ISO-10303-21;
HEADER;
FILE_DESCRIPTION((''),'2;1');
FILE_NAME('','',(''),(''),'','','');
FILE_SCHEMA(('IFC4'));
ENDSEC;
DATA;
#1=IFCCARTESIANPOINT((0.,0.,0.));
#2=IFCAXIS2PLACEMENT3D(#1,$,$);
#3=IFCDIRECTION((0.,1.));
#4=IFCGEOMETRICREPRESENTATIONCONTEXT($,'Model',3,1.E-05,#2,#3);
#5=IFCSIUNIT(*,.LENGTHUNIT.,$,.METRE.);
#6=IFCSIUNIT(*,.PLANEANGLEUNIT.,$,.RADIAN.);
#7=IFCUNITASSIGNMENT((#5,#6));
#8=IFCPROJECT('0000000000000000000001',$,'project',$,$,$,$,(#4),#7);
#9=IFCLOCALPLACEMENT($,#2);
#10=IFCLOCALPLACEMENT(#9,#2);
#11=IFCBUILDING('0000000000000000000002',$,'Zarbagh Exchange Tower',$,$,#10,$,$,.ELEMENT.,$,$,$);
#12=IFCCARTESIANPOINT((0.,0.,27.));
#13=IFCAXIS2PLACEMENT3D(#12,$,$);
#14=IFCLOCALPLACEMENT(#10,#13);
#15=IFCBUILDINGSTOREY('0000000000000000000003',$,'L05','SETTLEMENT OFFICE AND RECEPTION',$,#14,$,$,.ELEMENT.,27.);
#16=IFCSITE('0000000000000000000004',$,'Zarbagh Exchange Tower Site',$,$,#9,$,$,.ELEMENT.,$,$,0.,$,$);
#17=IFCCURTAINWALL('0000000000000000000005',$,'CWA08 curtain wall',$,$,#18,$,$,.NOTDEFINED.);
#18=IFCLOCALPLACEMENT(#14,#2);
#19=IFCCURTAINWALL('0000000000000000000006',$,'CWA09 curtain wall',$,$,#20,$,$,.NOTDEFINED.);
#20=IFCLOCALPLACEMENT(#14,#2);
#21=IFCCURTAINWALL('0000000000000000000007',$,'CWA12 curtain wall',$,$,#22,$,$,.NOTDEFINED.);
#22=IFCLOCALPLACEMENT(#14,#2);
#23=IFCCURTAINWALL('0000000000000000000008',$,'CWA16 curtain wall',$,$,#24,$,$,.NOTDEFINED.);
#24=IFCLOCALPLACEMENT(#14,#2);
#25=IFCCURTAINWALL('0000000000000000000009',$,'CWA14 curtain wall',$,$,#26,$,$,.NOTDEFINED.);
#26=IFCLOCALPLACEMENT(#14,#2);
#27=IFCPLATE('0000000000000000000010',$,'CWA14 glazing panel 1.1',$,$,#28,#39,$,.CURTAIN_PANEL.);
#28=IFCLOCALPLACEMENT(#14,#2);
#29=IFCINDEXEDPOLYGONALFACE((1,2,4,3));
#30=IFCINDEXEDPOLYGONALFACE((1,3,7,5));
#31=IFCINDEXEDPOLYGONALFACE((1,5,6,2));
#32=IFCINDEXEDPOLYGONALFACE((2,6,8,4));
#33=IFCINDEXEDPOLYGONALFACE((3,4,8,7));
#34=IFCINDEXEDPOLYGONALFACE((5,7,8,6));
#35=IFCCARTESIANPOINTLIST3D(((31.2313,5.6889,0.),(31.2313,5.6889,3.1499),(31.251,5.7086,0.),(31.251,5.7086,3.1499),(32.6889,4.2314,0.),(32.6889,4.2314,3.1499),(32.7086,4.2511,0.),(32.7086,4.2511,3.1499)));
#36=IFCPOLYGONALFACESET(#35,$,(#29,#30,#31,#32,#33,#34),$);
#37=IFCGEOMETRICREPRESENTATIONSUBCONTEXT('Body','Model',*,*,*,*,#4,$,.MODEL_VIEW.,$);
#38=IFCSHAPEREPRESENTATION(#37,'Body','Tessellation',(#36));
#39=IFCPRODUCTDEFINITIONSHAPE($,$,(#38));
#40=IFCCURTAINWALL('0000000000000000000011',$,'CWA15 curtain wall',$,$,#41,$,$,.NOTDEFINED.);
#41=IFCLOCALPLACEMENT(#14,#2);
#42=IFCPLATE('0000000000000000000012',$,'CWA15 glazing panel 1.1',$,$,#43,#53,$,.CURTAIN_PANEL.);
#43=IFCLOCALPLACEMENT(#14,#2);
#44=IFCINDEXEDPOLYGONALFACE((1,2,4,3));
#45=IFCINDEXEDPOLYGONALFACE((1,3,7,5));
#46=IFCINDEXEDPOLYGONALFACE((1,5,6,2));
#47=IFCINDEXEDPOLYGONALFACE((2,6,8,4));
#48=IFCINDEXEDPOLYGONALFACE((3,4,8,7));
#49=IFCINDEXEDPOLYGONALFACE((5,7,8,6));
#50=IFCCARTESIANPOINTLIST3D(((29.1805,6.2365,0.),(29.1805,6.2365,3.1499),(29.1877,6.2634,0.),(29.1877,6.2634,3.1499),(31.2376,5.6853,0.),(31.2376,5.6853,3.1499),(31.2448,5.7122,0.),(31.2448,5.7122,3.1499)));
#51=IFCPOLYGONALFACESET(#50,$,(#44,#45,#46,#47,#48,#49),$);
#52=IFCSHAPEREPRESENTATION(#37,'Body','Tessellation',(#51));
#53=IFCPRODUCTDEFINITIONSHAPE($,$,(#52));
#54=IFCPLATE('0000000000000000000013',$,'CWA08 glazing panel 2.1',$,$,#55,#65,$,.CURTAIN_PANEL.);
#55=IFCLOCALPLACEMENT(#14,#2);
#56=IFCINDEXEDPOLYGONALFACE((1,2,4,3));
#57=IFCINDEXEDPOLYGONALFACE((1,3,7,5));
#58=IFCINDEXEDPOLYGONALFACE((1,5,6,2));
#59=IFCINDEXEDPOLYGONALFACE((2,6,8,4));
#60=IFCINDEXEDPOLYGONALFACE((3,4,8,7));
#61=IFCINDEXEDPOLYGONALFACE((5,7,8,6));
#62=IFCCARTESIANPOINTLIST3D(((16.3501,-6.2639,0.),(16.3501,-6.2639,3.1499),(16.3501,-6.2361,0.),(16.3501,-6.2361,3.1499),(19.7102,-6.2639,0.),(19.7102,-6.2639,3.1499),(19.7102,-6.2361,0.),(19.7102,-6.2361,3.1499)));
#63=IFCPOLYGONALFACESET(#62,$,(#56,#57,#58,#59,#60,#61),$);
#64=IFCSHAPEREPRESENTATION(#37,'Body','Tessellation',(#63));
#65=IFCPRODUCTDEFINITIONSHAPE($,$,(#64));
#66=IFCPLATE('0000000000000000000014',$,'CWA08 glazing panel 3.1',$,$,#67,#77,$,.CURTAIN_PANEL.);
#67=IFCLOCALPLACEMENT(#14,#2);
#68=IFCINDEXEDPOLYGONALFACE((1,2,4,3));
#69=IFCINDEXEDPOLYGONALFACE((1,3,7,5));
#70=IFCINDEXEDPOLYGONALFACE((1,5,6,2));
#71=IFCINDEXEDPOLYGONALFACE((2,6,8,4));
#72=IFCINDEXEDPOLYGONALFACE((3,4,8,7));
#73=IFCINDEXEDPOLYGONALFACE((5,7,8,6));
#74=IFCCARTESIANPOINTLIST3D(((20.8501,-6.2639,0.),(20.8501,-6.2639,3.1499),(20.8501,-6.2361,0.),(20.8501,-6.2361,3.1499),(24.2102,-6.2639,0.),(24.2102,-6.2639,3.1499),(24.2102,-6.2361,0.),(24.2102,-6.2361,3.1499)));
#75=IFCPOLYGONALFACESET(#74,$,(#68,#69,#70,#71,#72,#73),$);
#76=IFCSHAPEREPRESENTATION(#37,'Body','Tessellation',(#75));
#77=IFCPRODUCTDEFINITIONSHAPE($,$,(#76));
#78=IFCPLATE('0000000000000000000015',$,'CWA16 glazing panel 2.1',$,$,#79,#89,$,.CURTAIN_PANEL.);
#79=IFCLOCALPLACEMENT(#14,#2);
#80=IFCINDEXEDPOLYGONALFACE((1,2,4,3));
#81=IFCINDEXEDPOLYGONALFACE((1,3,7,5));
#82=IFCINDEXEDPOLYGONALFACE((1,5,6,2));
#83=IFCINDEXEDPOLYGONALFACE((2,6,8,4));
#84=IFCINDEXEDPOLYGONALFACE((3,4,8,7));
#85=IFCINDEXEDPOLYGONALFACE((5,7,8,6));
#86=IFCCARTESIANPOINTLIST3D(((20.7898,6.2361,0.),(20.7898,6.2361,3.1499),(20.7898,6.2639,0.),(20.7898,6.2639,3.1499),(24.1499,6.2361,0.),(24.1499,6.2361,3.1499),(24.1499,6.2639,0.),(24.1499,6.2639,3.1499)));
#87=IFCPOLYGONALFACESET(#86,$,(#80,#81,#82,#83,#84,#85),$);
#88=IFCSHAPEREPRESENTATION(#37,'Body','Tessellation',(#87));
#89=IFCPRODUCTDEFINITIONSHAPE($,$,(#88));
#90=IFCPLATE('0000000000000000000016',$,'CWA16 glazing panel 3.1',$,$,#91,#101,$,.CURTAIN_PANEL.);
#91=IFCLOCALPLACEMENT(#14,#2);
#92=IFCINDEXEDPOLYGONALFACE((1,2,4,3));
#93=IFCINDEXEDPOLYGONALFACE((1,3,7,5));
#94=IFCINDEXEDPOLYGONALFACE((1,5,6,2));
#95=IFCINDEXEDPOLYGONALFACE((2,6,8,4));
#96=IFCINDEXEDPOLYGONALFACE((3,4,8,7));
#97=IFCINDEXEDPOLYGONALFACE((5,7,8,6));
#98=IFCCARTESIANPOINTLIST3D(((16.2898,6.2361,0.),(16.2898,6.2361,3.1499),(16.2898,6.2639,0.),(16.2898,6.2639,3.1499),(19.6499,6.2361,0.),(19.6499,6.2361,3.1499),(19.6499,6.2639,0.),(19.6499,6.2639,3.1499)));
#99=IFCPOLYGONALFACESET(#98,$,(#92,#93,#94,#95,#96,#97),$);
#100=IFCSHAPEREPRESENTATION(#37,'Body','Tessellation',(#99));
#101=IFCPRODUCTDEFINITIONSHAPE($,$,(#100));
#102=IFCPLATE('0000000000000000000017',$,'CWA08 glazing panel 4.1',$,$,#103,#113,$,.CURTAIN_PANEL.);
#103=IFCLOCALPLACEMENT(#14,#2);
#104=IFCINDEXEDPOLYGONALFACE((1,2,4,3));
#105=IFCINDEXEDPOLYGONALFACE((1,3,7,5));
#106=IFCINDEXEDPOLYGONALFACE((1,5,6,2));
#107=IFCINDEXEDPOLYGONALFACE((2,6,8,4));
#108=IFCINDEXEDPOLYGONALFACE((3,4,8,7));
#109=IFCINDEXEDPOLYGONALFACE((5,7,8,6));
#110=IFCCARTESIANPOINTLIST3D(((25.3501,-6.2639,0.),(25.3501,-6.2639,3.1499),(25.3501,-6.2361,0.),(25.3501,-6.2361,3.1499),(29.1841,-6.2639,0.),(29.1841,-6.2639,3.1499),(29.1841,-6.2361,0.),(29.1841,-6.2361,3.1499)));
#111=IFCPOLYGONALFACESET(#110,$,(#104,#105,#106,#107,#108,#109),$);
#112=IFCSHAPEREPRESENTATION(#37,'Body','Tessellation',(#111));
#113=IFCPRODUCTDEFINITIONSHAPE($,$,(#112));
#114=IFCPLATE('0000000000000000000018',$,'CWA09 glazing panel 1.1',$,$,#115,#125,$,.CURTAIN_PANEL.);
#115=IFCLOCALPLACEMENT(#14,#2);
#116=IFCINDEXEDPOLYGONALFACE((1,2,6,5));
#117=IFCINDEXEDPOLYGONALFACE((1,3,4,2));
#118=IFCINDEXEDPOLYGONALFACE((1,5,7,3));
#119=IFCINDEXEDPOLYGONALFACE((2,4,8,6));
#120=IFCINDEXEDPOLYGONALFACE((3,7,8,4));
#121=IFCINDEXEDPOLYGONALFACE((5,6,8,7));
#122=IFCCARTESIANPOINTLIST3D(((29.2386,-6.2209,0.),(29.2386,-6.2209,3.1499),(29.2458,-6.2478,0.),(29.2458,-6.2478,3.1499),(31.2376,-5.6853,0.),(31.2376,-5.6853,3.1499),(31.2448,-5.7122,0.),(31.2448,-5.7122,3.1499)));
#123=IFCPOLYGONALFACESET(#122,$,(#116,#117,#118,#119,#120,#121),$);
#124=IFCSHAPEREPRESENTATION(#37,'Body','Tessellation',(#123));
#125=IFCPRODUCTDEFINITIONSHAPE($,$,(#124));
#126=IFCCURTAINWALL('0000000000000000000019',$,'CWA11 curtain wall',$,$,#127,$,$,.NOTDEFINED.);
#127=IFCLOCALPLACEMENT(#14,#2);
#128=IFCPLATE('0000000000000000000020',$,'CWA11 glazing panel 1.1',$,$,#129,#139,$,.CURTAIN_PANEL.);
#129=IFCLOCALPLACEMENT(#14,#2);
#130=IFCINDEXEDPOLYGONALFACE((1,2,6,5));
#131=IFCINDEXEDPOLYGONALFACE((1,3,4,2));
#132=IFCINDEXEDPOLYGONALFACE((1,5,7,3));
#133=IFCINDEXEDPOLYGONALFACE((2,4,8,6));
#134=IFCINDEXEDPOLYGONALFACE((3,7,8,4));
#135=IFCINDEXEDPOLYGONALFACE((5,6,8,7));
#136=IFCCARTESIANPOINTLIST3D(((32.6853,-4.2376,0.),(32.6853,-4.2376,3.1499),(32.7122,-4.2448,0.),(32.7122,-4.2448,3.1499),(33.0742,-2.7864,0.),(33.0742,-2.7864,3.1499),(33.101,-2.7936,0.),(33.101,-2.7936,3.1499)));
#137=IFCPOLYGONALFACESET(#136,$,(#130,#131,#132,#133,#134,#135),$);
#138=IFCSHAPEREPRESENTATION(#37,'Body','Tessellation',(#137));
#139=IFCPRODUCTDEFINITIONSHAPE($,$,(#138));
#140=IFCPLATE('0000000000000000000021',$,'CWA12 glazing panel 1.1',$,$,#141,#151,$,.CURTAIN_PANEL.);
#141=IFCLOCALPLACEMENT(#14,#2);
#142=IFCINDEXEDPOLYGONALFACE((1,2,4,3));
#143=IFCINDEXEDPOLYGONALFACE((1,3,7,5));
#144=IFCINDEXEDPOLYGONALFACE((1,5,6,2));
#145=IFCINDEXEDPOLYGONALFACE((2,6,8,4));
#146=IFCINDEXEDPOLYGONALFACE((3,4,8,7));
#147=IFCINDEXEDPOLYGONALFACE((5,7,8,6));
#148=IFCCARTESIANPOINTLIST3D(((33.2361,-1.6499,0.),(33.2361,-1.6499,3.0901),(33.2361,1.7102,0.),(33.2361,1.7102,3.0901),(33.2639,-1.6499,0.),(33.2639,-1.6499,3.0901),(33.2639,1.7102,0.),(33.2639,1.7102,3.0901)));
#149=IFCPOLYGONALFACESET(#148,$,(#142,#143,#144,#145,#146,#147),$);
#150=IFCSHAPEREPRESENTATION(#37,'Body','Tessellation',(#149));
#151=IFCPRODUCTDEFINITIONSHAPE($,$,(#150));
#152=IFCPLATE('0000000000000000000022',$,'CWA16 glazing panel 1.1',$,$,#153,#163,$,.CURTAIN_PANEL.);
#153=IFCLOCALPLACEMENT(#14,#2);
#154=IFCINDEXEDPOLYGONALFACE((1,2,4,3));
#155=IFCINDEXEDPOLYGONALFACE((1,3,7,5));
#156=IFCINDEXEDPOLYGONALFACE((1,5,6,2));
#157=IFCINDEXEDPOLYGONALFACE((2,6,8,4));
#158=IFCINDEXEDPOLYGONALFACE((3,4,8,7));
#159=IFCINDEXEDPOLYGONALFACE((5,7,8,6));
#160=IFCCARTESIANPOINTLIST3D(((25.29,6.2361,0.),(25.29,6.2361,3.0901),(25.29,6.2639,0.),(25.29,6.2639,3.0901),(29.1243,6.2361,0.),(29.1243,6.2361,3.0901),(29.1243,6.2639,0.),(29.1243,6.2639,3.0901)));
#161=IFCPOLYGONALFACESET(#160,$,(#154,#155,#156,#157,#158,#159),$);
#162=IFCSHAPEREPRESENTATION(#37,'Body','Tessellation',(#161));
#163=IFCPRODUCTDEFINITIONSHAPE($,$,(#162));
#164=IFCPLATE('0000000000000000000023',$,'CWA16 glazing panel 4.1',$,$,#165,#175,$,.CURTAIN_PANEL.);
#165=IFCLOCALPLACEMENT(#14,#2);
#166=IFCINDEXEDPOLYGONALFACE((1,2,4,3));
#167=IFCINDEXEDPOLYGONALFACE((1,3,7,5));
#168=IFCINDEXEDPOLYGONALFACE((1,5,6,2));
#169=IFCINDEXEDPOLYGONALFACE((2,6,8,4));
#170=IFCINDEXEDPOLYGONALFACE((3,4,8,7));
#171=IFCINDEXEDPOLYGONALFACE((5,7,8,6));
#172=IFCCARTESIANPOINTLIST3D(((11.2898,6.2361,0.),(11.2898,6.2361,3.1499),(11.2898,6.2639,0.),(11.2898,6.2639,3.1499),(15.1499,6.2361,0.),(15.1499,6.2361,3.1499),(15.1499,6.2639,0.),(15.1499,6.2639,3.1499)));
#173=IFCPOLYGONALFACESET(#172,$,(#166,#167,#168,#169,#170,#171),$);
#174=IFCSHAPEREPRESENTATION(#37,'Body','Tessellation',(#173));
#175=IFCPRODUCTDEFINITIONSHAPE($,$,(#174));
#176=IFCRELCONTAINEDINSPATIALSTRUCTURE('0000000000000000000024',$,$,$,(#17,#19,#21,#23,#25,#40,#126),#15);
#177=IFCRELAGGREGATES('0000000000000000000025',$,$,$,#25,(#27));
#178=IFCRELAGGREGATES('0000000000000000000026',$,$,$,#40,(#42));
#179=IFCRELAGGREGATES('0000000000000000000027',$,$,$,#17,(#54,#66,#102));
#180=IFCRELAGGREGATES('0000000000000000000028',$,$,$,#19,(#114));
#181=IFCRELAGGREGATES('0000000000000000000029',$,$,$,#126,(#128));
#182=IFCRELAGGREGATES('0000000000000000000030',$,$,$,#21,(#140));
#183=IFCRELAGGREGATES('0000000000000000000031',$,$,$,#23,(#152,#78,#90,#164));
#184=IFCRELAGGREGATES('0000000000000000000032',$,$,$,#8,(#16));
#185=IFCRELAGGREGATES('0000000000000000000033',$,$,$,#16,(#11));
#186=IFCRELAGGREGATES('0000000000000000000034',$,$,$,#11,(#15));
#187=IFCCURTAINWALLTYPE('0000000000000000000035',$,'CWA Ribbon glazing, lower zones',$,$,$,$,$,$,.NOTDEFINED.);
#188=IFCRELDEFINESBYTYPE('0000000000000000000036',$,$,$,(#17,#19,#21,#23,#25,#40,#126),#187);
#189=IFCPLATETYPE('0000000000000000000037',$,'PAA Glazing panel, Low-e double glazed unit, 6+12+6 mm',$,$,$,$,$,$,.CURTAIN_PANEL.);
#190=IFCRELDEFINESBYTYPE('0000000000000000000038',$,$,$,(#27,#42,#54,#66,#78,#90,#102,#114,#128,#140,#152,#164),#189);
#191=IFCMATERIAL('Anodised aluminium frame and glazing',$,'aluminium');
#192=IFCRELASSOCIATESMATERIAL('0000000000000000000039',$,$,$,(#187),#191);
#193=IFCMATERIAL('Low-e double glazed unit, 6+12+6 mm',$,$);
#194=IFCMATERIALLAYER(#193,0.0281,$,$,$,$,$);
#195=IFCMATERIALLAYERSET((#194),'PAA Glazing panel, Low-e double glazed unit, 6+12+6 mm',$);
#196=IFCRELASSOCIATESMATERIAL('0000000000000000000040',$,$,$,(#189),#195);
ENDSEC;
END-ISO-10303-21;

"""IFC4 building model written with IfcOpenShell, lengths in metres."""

from ifc_helpers import new_model, si_unit, direction, frame, origin, place, context, subcontext, project, spatial, polyline, outline, extrude, source, transform, mapped, material, layer, layer_set, type_object, element, aggregate, save


model = new_model("IFC4")

# Units and contexts
model_context = context("Model", 3, precision=1e-05, world=origin(), true_north=direction((0.0, 1.0)))
body_context = subcontext(model_context, "Body", "Model", "MODEL_VIEW")
ifc_project = project(units=[si_unit("LENGTHUNIT", "METRE"), si_unit("PLANEANGLEUNIT", "RADIAN")], contexts=[model_context])

# Site, building, storey
site_placement = place(None, origin())
site = spatial("IfcSite", under=ifc_project, at=site_placement, Name="Zarbagh Exchange Tower Site", CompositionType="ELEMENT", RefElevation=0.0)
building_placement = place(site_placement, origin())
building = spatial("IfcBuilding", under=site, at=building_placement, Name="Zarbagh Exchange Tower", CompositionType="ELEMENT")
storey_placement = place(building_placement, frame((0.0, 0.0, 27.0)))
storey = spatial("IfcBuildingStorey", under=building, at=storey_placement, Name="L05", Description="SETTLEMENT OFFICE AND RECEPTION", CompositionType="ELEMENT", Elevation=27.0)

# Curtain wall
ifc_material_1 = material(Name="Anodised aluminium frame and glazing", Category="aluminium")
curtain_wall_type = type_object("IfcCurtainWallType", Name="CWA Ribbon glazing, lower zones", PredefinedType="NOTDEFINED", material=ifc_material_1)
curtain_wall_1_placement = place(storey_placement, origin())
curtain_wall_1 = element("IfcCurtainWall", 1, at=curtain_wall_1_placement, inside=storey, type_object=curtain_wall_type, Name="CWA08 curtain wall", PredefinedType="NOTDEFINED")
placement = place(storey_placement, origin())

# Curtain walls
curtain_wall_2_placement = place(storey_placement, origin())
curtain_wall_2 = element("IfcCurtainWall", 2, at=curtain_wall_2_placement, inside=storey, type_object=curtain_wall_type, Name="CWA09 curtain wall", PredefinedType="NOTDEFINED")
curtain_wall_3_placement = place(storey_placement, origin())
curtain_wall_3 = element("IfcCurtainWall", 3, at=curtain_wall_3_placement, inside=storey, type_object=curtain_wall_type, Name="CWA12 curtain wall", PredefinedType="NOTDEFINED")

# Curtain wall
curtain_wall_4_placement = place(storey_placement, origin())
curtain_wall_4 = element("IfcCurtainWall", 4, at=curtain_wall_4_placement, inside=storey, type_object=curtain_wall_type, Name="CWA16 curtain wall", PredefinedType="NOTDEFINED")

# Shared definitions
ifc_material_2 = material(Name="Low-e double glazed unit, 6+12+6 mm")
ifc_layer = layer(ifc_material_2, 0.0281)
ifc_layer_set = layer_set([ifc_layer], Name="PAA Glazing panel, Low-e double glazed unit, 6+12+6 mm")
plate_type = type_object("IfcPlateType", Name="PAA Glazing panel, Low-e double glazed unit, 6+12+6 mm", PredefinedType="CURTAIN_PANEL", material=ifc_layer_set)

# Curtain walls, plates
shared_shape_1 = source(origin(), body_context, "Body", "SweptSolid", [
    extrude(outline(polyline([(0.0, -0.0139), (2.0613, -0.0139), (2.0613, 0.0139), (0.0, 0.0139), (0.0, -0.0139)])), origin(), (0.0, 0.0, 1.0), 3.1499),
])
curtain_wall_5_placement = place(storey_placement, origin())
curtain_wall_5 = element("IfcCurtainWall", 5, at=curtain_wall_5_placement, inside=storey, type_object=curtain_wall_type, Name="CWA14 curtain wall", PredefinedType="NOTDEFINED")
plate_1 = element("IfcPlate", 6, at=placement, type_object=plate_type, Name="CWA14 glazing panel 1.1", PredefinedType="CURTAIN_PANEL", context=body_context, shape_type="MappedRepresentation", body=[
    mapped(shared_shape_1, transform((32.6987, 4.2412, 0.0), x_axis=(-0.707107, 0.707107, 0.0), y_axis=(-0.707107, -0.707107, 0.0), z_axis=(0.0, 0.0, 1.0))),
])
aggregate(curtain_wall_5, [plate_1])
curtain_wall_6_placement = place(storey_placement, origin())
curtain_wall_6 = element("IfcCurtainWall", 7, at=curtain_wall_6_placement, inside=storey, type_object=curtain_wall_type, Name="CWA15 curtain wall", PredefinedType="NOTDEFINED")
shared_shape_2 = source(origin(), body_context, "Body", "SweptSolid", [
    extrude(outline(polyline([(0.0, -0.0139), (2.1296, -0.0139), (2.1296, 0.0139), (0.0, 0.0139), (0.0, -0.0139)])), origin(), (0.0, 0.0, 1.0), 3.1499),
])
plate_2 = element("IfcPlate", 8, at=placement, type_object=plate_type, Name="CWA15 glazing panel 1.1", PredefinedType="CURTAIN_PANEL", context=body_context, shape_type="MappedRepresentation", body=[
    mapped(shared_shape_2, transform((31.2412, 5.6987, 0.0), x_axis=(-0.965924, 0.258825, 0.0), y_axis=(-0.258825, -0.965924, 0.0), z_axis=(0.0, 0.0, 1.0))),
])
aggregate(curtain_wall_6, [plate_2])

# Plates
shared_shape_3 = source(origin(), body_context, "Body", "SweptSolid", [
    extrude(outline(polyline([(0.0, -0.0139), (3.3601, -0.0139), (3.3601, 0.0139), (0.0, 0.0139), (0.0, -0.0139)])), origin(), (0.0, 0.0, 1.0), 3.1499),
])
plate_3 = element("IfcPlate", 9, at=placement, type_object=plate_type, Name="CWA08 glazing panel 2.1", PredefinedType="CURTAIN_PANEL", context=body_context, shape_type="MappedRepresentation", body=[
    mapped(shared_shape_3, transform((16.3501, -6.25, 0.0), x_axis=(1.0, 0.0, 0.0), y_axis=(0.0, 1.0, 0.0), z_axis=(0.0, 0.0, 1.0))),
])
plate_4 = element("IfcPlate", 10, at=placement, type_object=plate_type, Name="CWA08 glazing panel 3.1", PredefinedType="CURTAIN_PANEL", context=body_context, shape_type="MappedRepresentation", body=[
    mapped(shared_shape_3, transform((20.8501, -6.25, 0.0), x_axis=(1.0, 0.0, 0.0), y_axis=(0.0, 1.0, 0.0), z_axis=(0.0, 0.0, 1.0))),
])
plate_5 = element("IfcPlate", 11, at=placement, type_object=plate_type, Name="CWA16 glazing panel 2.1", PredefinedType="CURTAIN_PANEL", context=body_context, shape_type="MappedRepresentation", body=[
    mapped(shared_shape_3, transform((24.1499, 6.25, 0.0), x_axis=(-1.0, 0.0, 0.0), y_axis=(0.0, -1.0, 0.0), z_axis=(0.0, 0.0, 1.0))),
])
plate_6 = element("IfcPlate", 12, at=placement, type_object=plate_type, Name="CWA16 glazing panel 3.1", PredefinedType="CURTAIN_PANEL", context=body_context, shape_type="MappedRepresentation", body=[
    mapped(shared_shape_3, transform((19.6499, 6.25, 0.0), x_axis=(-1.0, 0.0, 0.0), y_axis=(0.0, -1.0, 0.0), z_axis=(0.0, 0.0, 1.0))),
])
shared_shape_4 = source(origin(), body_context, "Body", "SweptSolid", [
    extrude(outline(polyline([(0.0, -0.0139), (3.834, -0.0139), (3.834, 0.0139), (0.0, 0.0139), (0.0, -0.0139)])), origin(), (0.0, 0.0, 1.0), 3.1499),
])
plate_7 = element("IfcPlate", 13, at=placement, type_object=plate_type, Name="CWA08 glazing panel 4.1", PredefinedType="CURTAIN_PANEL", context=body_context, shape_type="MappedRepresentation", body=[
    mapped(shared_shape_4, transform((25.3501, -6.25, 0.0), x_axis=(1.0, 0.0, 0.0), y_axis=(0.0, 1.0, 0.0), z_axis=(0.0, 0.0, 1.0))),
])
aggregate(curtain_wall_1, [plate_3, plate_4, plate_7])
shared_shape_5 = source(origin(), body_context, "Body", "SweptSolid", [
    extrude(outline(polyline([(0.0, -0.0139), (2.0696, -0.0139), (2.0696, 0.0139), (0.0, 0.0139), (0.0, -0.0139)])), origin(), (0.0, 0.0, 1.0), 3.1499),
])
plate_8 = element("IfcPlate", 14, at=placement, type_object=plate_type, Name="CWA09 glazing panel 1.1", PredefinedType="CURTAIN_PANEL", context=body_context, shape_type="MappedRepresentation", body=[
    mapped(shared_shape_5, transform((29.2422, -6.2344, 0.0), x_axis=(0.965924, 0.258825, 0.0), y_axis=(-0.258825, 0.965924, 0.0), z_axis=(0.0, 0.0, 1.0))),
])
aggregate(curtain_wall_2, [plate_8])

# Curtain wall, plate
curtain_wall_7_placement = place(storey_placement, origin())
curtain_wall_7 = element("IfcCurtainWall", 15, at=curtain_wall_7_placement, inside=storey, type_object=curtain_wall_type, Name="CWA11 curtain wall", PredefinedType="NOTDEFINED")
shared_shape_6 = source(origin(), body_context, "Body", "SweptSolid", [
    extrude(outline(polyline([(0.0, -0.0139), (1.5024, -0.0139), (1.5024, 0.0139), (0.0, 0.0139), (0.0, -0.0139)])), origin(), (0.0, 0.0, 1.0), 3.1499),
])
plate_9 = element("IfcPlate", 16, at=placement, type_object=plate_type, Name="CWA11 glazing panel 1.1", PredefinedType="CURTAIN_PANEL", context=body_context, shape_type="MappedRepresentation", body=[
    mapped(shared_shape_6, transform((32.6987, -4.2412, 0.0), x_axis=(0.258825, 0.965924, 0.0), y_axis=(-0.965924, 0.258825, 0.0), z_axis=(0.0, 0.0, 1.0))),
])
aggregate(curtain_wall_7, [plate_9])

# Plates
shared_shape_7 = source(origin(), body_context, "Body", "SweptSolid", [
    extrude(outline(polyline([(0.0, -0.0139), (3.3601, -0.0139), (3.3601, 0.0139), (0.0, 0.0139), (0.0, -0.0139)])), origin(), (0.0, 0.0, 1.0), 3.0901),
])
plate_10 = element("IfcPlate", 17, at=placement, type_object=plate_type, Name="CWA12 glazing panel 1.1", PredefinedType="CURTAIN_PANEL", context=body_context, shape_type="MappedRepresentation", body=[
    mapped(shared_shape_7, transform((33.25, -1.6499, 0.0), x_axis=(0.0, 1.0, 0.0), y_axis=(-1.0, 0.0, 0.0), z_axis=(0.0, 0.0, 1.0))),
])
aggregate(curtain_wall_3, [plate_10])
shared_shape_8 = source(origin(), body_context, "Body", "SweptSolid", [
    extrude(outline(polyline([(0.0, -0.0139), (3.8342, -0.0139), (3.8342, 0.0139), (0.0, 0.0139), (0.0, -0.0139)])), origin(), (0.0, 0.0, 1.0), 3.0901),
])
plate_11 = element("IfcPlate", 18, at=placement, type_object=plate_type, Name="CWA16 glazing panel 1.1", PredefinedType="CURTAIN_PANEL", context=body_context, shape_type="MappedRepresentation", body=[
    mapped(shared_shape_8, transform((29.1243, 6.25, 0.0), x_axis=(-1.0, 0.0, 0.0), y_axis=(0.0, -1.0, 0.0), z_axis=(0.0, 0.0, 1.0))),
])
shared_shape_9 = source(origin(), body_context, "Body", "SweptSolid", [
    extrude(outline(polyline([(0.0, -0.0139), (3.8601, -0.0139), (3.8601, 0.0139), (0.0, 0.0139), (0.0, -0.0139)])), origin(), (0.0, 0.0, 1.0), 3.1499),
])
plate_12 = element("IfcPlate", 19, at=placement, type_object=plate_type, Name="CWA16 glazing panel 4.1", PredefinedType="CURTAIN_PANEL", context=body_context, shape_type="MappedRepresentation", body=[
    mapped(shared_shape_9, transform((15.1499, 6.25, 0.0), x_axis=(-1.0, 0.0, 0.0), y_axis=(0.0, -1.0, 0.0), z_axis=(0.0, 0.0, 1.0))),
])
aggregate(curtain_wall_4, [plate_11, plate_5, plate_6, plate_12])

save(model, "model.ifc")
